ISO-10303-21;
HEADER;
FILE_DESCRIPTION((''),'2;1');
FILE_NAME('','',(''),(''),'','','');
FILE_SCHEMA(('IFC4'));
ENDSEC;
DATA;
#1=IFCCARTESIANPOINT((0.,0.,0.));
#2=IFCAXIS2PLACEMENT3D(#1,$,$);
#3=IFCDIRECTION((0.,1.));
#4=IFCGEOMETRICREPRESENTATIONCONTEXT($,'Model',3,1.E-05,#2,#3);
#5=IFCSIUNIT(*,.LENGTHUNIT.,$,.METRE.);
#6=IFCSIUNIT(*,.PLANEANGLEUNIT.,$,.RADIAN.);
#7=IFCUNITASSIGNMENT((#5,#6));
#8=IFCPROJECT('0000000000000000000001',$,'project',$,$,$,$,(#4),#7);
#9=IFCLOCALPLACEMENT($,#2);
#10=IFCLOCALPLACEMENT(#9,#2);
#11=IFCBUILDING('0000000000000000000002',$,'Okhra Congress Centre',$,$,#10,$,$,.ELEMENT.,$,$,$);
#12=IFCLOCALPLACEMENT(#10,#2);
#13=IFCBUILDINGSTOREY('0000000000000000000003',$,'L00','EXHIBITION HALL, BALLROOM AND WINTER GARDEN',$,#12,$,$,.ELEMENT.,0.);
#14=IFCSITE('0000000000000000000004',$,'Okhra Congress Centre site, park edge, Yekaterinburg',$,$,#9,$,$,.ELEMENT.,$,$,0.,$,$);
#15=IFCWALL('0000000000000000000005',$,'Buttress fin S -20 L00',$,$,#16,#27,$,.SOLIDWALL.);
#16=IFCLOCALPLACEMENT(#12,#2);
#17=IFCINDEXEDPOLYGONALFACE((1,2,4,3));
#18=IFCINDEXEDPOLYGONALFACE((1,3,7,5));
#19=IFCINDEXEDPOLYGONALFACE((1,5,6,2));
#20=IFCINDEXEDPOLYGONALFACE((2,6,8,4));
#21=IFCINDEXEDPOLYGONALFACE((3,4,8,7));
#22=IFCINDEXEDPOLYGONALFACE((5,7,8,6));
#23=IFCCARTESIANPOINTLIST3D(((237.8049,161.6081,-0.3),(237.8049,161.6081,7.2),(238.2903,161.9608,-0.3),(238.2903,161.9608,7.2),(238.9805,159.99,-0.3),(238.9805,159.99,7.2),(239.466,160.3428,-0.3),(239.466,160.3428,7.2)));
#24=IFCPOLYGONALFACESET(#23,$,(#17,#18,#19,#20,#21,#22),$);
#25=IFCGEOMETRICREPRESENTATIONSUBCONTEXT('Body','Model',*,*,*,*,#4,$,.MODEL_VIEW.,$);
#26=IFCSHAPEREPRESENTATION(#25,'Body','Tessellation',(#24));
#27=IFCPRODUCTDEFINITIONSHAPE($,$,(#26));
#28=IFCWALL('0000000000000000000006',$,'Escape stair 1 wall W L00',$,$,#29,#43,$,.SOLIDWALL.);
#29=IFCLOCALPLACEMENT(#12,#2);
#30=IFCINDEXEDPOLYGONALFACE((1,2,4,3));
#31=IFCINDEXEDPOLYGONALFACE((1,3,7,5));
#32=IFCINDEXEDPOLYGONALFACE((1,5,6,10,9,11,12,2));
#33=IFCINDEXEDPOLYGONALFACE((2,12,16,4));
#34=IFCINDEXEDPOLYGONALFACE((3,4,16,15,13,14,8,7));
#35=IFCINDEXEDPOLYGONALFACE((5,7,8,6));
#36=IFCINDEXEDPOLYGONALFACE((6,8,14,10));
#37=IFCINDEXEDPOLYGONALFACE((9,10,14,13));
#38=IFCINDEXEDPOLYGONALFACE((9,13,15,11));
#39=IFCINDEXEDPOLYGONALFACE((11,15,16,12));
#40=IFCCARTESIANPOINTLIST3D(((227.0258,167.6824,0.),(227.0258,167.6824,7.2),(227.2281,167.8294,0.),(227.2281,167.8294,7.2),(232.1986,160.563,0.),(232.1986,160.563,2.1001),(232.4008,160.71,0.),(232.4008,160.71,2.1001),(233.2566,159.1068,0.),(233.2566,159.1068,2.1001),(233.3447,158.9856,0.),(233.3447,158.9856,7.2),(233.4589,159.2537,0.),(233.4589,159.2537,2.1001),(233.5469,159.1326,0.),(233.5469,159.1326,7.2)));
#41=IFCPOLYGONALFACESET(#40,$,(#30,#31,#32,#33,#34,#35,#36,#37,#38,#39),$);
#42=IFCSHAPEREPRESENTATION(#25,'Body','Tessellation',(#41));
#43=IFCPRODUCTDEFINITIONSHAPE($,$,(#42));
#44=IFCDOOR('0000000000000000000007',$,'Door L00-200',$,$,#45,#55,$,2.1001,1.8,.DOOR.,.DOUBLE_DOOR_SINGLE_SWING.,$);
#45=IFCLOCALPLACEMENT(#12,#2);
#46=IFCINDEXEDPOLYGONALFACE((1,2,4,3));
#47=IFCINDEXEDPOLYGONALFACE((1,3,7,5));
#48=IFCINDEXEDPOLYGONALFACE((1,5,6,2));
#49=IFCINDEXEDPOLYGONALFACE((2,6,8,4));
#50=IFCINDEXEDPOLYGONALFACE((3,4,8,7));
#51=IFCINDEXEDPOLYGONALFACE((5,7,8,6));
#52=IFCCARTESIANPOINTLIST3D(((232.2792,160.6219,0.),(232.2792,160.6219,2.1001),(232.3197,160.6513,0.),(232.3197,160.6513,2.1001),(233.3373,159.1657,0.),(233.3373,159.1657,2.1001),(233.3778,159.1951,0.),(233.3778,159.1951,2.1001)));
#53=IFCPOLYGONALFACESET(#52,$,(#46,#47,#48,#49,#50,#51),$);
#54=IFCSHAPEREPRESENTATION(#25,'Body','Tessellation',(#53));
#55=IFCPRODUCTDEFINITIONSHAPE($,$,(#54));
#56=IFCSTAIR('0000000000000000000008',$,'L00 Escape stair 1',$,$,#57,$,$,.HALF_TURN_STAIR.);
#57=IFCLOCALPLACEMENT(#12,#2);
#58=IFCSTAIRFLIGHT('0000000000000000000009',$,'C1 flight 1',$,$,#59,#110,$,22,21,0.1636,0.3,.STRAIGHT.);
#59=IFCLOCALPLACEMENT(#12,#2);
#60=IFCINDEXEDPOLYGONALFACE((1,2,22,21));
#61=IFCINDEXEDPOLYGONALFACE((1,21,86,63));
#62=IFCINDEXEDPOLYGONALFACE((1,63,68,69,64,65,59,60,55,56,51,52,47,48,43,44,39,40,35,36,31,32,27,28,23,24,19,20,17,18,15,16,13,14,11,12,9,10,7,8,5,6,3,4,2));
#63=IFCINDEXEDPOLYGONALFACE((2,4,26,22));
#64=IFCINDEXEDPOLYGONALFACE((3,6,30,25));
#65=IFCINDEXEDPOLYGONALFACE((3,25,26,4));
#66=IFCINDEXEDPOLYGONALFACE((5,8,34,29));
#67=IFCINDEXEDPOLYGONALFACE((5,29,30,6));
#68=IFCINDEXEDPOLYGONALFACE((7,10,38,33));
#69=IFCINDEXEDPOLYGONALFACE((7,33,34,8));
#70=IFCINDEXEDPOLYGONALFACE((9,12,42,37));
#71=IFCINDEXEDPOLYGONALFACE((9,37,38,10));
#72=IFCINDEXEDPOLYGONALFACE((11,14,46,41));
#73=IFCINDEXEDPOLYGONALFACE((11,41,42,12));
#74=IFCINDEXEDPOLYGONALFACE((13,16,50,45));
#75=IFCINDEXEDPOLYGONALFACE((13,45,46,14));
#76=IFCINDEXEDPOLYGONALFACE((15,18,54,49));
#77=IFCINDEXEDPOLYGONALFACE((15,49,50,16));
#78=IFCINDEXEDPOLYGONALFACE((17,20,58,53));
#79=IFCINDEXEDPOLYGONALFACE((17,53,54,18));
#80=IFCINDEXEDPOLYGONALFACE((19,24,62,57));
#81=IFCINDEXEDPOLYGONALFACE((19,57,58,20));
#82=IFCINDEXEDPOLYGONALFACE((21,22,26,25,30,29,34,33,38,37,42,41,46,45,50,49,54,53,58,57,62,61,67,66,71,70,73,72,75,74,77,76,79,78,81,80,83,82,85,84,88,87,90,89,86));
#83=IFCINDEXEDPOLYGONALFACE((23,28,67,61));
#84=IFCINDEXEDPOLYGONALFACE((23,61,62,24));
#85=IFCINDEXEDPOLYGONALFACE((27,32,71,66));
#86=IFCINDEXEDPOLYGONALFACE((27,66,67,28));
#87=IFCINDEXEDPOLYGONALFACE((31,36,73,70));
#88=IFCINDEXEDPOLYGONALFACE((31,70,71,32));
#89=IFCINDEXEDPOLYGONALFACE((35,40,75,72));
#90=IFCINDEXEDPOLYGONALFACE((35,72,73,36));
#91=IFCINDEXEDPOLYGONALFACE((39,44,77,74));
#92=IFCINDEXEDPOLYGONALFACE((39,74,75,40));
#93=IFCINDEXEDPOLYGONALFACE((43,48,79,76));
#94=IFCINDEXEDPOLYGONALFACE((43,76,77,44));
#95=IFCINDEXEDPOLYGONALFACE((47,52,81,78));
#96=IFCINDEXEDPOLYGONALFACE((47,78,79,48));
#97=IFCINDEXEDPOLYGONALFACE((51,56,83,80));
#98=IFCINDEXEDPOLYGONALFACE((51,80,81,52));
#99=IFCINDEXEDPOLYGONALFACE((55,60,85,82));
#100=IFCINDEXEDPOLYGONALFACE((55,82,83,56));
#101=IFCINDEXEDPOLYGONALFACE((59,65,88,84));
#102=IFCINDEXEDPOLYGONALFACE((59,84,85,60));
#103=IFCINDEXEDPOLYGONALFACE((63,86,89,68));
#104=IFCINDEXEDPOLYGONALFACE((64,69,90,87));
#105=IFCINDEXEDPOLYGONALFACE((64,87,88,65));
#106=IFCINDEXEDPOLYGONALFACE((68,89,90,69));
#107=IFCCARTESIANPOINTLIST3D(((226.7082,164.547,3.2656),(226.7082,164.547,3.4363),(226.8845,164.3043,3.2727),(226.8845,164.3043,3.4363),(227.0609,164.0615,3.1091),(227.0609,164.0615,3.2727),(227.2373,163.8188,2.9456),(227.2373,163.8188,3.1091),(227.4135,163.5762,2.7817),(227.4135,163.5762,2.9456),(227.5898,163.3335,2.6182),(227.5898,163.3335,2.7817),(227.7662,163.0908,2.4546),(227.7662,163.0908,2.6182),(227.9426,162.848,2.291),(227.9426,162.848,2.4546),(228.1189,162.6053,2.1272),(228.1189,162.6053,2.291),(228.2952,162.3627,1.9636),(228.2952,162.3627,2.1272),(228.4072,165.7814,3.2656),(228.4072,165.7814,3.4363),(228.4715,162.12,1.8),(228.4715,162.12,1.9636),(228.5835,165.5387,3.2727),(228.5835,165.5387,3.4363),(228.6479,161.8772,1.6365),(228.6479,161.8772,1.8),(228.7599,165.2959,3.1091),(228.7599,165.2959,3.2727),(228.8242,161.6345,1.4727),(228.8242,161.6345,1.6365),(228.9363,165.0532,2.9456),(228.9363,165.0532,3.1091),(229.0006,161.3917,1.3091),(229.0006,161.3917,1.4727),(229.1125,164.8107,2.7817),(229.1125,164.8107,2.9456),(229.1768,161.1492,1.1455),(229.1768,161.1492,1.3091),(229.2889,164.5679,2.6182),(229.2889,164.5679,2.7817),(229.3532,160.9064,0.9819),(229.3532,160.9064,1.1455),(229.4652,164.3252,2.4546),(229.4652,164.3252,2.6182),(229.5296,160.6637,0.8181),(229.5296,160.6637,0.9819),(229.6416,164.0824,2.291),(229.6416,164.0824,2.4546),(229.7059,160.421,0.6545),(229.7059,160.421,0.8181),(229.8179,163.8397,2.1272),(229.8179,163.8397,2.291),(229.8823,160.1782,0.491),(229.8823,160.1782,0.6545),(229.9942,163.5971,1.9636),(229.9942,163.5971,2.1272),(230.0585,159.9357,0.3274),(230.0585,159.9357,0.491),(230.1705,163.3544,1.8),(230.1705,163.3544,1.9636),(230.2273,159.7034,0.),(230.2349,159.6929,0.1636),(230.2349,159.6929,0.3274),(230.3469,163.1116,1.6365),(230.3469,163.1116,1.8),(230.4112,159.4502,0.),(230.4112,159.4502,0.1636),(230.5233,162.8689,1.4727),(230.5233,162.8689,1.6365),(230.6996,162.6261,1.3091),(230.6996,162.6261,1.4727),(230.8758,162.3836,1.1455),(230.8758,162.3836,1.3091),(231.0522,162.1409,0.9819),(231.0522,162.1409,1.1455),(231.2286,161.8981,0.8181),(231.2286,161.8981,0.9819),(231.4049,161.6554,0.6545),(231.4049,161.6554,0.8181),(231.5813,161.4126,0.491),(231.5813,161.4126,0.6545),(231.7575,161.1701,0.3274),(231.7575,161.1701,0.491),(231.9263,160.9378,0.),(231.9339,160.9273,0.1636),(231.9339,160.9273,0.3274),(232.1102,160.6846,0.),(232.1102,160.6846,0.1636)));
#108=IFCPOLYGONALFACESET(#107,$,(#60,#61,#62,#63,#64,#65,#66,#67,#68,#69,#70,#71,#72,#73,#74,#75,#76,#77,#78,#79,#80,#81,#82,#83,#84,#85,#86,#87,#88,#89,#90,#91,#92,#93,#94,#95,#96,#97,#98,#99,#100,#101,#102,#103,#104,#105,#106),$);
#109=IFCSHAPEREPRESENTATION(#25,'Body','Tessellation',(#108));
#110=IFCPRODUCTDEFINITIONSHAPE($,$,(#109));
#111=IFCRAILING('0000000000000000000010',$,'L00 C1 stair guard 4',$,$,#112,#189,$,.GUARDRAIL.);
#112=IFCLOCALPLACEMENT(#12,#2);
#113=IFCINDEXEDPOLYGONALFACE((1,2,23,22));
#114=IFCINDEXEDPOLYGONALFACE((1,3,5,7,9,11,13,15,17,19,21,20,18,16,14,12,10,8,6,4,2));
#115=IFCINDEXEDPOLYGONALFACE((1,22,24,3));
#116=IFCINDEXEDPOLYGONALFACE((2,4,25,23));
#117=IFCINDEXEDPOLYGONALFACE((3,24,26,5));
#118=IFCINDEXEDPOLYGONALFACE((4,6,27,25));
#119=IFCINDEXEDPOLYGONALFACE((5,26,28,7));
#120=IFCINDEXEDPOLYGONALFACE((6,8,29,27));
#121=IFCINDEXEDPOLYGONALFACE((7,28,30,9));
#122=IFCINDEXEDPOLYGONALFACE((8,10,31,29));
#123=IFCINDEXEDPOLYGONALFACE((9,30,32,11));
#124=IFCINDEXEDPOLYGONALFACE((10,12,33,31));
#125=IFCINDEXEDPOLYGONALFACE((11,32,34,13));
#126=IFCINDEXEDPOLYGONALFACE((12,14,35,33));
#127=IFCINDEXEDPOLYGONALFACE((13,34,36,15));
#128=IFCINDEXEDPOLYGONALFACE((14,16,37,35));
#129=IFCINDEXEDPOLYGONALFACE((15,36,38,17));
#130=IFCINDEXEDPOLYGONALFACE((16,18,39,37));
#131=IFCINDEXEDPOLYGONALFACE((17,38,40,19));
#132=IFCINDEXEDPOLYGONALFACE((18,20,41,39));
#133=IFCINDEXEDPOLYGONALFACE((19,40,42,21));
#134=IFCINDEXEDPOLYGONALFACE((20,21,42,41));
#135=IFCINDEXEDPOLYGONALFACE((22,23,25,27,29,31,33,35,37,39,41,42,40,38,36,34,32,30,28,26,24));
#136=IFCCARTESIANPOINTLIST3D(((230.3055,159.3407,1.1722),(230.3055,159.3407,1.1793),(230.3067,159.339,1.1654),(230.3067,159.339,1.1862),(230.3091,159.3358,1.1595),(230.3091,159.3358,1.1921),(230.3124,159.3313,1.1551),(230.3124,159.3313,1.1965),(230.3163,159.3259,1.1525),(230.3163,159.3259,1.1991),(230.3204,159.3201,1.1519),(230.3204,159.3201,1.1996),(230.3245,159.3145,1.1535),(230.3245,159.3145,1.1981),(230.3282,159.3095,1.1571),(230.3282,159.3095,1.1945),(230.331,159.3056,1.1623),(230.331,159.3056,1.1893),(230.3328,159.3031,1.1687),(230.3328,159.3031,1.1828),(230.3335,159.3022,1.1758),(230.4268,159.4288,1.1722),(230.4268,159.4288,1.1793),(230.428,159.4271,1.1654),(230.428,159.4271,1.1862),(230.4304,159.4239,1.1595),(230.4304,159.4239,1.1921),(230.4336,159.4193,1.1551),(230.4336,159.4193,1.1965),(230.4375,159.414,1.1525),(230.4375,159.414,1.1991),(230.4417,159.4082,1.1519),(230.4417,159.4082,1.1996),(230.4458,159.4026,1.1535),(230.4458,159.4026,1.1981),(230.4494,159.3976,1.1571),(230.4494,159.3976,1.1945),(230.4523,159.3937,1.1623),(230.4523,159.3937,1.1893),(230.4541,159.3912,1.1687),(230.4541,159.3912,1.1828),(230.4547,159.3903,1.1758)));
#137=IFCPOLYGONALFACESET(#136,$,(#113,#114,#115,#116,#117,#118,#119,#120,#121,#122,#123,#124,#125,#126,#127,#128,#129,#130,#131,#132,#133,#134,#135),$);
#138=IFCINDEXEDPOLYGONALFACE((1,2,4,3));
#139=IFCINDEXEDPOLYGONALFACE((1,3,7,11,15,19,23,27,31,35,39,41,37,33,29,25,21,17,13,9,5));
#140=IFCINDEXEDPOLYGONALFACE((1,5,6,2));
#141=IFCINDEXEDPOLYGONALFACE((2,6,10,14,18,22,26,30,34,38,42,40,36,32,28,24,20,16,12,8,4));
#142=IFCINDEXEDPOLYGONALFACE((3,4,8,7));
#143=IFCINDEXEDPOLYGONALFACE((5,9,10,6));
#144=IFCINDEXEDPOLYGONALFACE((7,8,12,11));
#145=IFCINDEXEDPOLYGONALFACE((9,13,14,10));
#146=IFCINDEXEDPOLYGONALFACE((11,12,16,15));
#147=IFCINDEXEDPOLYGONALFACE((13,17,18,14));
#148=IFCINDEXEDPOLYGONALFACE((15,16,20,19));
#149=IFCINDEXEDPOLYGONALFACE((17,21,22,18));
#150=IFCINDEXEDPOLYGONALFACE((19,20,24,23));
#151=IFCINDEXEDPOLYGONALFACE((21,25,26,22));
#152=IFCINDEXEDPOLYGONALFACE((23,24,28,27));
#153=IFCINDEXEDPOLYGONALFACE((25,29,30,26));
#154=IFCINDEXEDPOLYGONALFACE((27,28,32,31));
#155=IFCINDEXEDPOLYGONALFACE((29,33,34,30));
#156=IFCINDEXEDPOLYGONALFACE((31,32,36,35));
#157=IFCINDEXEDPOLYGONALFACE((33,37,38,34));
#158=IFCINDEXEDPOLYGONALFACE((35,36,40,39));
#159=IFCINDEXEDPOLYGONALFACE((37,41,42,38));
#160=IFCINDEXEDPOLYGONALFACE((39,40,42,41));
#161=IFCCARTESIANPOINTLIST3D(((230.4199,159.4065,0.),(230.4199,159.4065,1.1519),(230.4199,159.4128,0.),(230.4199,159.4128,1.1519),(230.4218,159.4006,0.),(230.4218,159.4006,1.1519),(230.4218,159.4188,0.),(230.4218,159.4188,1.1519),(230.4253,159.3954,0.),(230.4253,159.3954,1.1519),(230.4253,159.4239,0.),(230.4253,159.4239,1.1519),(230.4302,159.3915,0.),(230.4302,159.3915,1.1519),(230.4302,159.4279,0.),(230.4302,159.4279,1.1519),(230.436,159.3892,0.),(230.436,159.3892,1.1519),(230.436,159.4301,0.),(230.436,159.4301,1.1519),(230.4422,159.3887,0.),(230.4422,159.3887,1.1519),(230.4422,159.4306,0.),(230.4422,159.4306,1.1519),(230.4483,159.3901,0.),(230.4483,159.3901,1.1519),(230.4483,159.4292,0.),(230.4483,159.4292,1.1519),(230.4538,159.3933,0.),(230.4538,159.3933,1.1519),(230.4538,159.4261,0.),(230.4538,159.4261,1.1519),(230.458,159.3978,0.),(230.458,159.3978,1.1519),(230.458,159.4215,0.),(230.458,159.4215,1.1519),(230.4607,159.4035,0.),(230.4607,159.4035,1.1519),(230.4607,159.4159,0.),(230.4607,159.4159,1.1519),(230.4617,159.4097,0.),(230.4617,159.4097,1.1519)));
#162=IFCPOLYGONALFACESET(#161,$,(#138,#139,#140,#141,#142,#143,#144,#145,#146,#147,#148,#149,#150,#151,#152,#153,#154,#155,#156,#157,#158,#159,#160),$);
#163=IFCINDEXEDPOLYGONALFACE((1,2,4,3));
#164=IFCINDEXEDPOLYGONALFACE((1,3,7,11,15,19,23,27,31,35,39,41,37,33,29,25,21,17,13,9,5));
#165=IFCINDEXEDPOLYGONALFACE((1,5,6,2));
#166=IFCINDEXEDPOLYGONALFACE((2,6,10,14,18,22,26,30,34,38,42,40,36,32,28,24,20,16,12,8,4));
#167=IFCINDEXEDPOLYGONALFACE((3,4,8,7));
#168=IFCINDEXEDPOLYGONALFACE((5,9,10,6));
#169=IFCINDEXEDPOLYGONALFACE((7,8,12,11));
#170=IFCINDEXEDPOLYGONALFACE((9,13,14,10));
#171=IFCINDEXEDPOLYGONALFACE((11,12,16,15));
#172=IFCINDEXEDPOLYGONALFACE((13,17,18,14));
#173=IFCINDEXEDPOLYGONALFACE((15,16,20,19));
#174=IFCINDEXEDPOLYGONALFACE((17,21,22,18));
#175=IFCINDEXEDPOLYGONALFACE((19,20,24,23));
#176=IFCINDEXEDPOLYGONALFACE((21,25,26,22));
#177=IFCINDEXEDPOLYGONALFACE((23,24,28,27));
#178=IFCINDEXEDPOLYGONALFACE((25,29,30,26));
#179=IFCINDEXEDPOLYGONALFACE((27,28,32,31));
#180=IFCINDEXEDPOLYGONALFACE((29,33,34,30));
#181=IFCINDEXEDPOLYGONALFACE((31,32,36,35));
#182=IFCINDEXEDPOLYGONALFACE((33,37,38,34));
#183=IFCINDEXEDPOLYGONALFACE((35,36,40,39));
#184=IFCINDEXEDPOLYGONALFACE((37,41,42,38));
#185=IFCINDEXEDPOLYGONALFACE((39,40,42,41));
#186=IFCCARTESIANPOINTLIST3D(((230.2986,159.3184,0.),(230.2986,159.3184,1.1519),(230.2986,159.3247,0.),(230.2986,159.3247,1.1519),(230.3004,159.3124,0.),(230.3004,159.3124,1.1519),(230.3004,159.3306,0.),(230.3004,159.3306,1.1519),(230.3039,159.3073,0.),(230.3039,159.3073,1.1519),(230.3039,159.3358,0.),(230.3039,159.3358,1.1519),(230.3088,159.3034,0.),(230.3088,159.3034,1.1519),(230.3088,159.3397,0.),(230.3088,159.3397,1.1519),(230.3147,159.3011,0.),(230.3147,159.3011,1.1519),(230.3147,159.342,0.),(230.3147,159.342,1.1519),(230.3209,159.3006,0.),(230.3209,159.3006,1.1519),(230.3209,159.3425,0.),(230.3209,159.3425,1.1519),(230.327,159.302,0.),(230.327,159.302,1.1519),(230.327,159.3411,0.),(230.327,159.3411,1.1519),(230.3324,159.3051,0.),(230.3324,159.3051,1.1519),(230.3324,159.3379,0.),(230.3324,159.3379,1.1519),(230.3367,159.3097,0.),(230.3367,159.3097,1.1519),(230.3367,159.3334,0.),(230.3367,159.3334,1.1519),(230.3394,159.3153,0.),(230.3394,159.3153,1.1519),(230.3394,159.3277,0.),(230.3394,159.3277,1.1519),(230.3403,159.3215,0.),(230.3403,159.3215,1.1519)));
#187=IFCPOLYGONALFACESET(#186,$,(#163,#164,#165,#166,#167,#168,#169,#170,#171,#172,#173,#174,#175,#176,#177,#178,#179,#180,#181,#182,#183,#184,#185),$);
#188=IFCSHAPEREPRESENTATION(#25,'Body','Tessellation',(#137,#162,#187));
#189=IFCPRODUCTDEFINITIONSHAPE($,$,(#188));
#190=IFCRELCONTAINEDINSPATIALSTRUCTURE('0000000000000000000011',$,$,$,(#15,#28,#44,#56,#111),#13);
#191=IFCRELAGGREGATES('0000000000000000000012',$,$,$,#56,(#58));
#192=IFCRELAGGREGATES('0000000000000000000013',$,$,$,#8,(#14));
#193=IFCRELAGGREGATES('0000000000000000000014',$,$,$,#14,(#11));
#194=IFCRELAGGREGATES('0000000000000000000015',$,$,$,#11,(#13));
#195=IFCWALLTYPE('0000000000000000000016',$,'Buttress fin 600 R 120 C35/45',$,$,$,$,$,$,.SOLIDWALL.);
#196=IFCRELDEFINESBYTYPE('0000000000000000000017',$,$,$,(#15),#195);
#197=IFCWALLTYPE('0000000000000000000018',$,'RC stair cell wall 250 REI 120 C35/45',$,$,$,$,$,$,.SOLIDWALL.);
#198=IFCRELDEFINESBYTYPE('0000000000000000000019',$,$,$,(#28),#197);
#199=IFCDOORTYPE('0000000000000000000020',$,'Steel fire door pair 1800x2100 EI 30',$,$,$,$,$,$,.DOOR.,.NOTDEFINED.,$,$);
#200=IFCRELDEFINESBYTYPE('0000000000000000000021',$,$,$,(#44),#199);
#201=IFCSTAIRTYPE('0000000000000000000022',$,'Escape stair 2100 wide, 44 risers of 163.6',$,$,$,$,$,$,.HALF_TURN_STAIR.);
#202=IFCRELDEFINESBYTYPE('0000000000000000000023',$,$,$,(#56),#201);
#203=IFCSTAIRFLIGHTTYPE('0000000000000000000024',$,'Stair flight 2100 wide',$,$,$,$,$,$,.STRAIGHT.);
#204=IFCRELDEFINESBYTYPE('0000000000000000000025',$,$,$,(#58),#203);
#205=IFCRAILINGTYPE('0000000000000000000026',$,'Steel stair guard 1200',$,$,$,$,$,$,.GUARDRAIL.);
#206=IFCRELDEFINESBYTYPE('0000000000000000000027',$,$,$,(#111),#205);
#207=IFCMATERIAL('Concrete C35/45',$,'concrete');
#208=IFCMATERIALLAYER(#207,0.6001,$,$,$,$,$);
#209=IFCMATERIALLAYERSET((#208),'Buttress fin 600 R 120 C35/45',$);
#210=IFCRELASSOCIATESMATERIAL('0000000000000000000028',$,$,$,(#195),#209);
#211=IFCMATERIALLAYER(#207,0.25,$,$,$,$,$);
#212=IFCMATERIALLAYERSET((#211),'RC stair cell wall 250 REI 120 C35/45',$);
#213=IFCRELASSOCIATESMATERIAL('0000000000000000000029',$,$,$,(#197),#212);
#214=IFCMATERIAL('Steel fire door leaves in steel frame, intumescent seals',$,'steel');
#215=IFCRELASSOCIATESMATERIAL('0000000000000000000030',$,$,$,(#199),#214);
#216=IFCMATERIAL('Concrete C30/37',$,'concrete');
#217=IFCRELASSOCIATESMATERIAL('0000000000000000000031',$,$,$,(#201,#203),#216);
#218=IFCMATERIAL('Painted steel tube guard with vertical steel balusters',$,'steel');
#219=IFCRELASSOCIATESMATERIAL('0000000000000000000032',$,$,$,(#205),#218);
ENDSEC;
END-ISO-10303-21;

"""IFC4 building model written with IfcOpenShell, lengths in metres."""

from ifc_helpers import new_model, si_unit, direction, frame, frame_2d, origin, origin_2d, place, context, subcontext, project, spatial, polyline, rectangle, circle, outline, extrude, material, layer, layer_set, type_object, element, fill, aggregate, save


model = new_model("IFC4")

# Units and contexts
model_context = context("Model", 3, precision=1e-05, world=origin(), true_north=direction((0.0, 1.0)))
body_context = subcontext(model_context, "Body", "Model", "MODEL_VIEW")
ifc_project = project(units=[si_unit("LENGTHUNIT", "METRE"), si_unit("PLANEANGLEUNIT", "RADIAN")], contexts=[model_context])

# Site, building, storey
site_placement = place(None, origin())
site = spatial("IfcSite", under=ifc_project, at=site_placement, Name="Okhra Congress Centre site, park edge, Yekaterinburg", CompositionType="ELEMENT", RefElevation=0.0)
building_placement = place(site_placement, origin())
building = spatial("IfcBuilding", under=site, at=building_placement, Name="Okhra Congress Centre", CompositionType="ELEMENT")
storey_placement = place(building_placement, origin())
storey = spatial("IfcBuildingStorey", under=building, at=storey_placement, Name="L00", Description="EXHIBITION HALL, BALLROOM AND WINTER GARDEN", CompositionType="ELEMENT", Elevation=0.0)

# Shared definitions
ifc_material_1 = material(Name="Concrete C30/37", Category="concrete")

# Shared definitions
ifc_material_2 = material(Name="Concrete C35/45", Category="concrete")

# Wall
ifc_layer_1 = layer(ifc_material_2, 0.6001)
ifc_layer_set_1 = layer_set([ifc_layer_1], Name="Buttress fin 600 R 120 C35/45")
wall_type_1 = type_object("IfcWallType", Name="Buttress fin 600 R 120 C35/45", PredefinedType="SOLIDWALL", material=ifc_layer_set_1)
wall_1_placement = place(storey_placement, frame((238.0476, 161.7844, -0.3), z_axis=(0.0, 0.0, 1.0), x_axis=(0.587801, -0.809005, 0.0)))
element("IfcWall", 1, at=wall_1_placement, inside=storey, type_object=wall_type_1, Name="Buttress fin S -20 L00", PredefinedType="SOLIDWALL", context=body_context, shape_type="SweptSolid", body=[
    extrude(rectangle(XDim=2.0, YDim=0.6001, at=frame_2d((1.0, 0.0))), origin(), (0.0, 0.0, 1.0), 7.5),
])

# Wall, opening, door
ifc_layer_2 = layer(ifc_material_2, 0.25)
ifc_layer_set_2 = layer_set([ifc_layer_2], Name="RC stair cell wall 250 REI 120 C35/45")
wall_type_2 = type_object("IfcWallType", Name="RC stair cell wall 250 REI 120 C35/45", PredefinedType="SOLIDWALL", material=ifc_layer_set_2)
wall_2_placement = place(storey_placement, frame((233.4458, 159.0591, 0.0), z_axis=(0.0, 0.0, 1.0), x_axis=(-0.587802, 0.809005, 0.0)))
wall_2 = element("IfcWall", 2, at=wall_2_placement, inside=storey, type_object=wall_type_2, Name="Escape stair 1 wall W L00", PredefinedType="SOLIDWALL", context=body_context, shape_type="SweptSolid", body=[
    extrude(rectangle(XDim=10.75, YDim=0.25, at=frame_2d((5.375, 0.0))), origin(), (0.0, 0.0, 1.0), 7.2),
])
opening_placement = place(wall_2_placement, frame((0.1499, 0.0, 0.0)))
opening = element("IfcOpeningElement", 3, at=opening_placement, cuts=wall_2, PredefinedType="OPENING", context=body_context, shape_type="SweptSolid", body=[
    extrude(rectangle(XDim=1.8, YDim=2.1001, at=frame_2d((0.8999, 1.05))), frame((0.0, 0.135, 0.0), z_axis=(0.0, -1.0, 0.0), x_axis=(1.0, 0.0, 0.0)), (0.0, 0.0, 1.0), 0.27),
])
ifc_material_3 = material(Name="Steel fire door leaves in steel frame, intumescent seals", Category="steel")
door_type = type_object("IfcDoorType", Name="Steel fire door pair 1800x2100 EI 30", OperationType="NOTDEFINED", PredefinedType="DOOR", material=ifc_material_3)
door_placement = place(opening_placement, frame((1.8, 0.0, 0.0), z_axis=(0.0, 0.0, 1.0), x_axis=(-1.0, 0.0, 0.0)))
door = element("IfcDoor", 4, at=door_placement, inside=storey, type_object=door_type, Name="Door L00-200", OperationType="DOUBLE_DOOR_SINGLE_SWING", OverallHeight=2.1001, OverallWidth=1.8, PredefinedType="DOOR", context=body_context, shape_type="SweptSolid", body=[
    extrude(rectangle(XDim=1.8, YDim=2.1001, at=frame_2d((0.8999, 1.05))), frame((0.0, 0.0249, 0.0), z_axis=(0.0, -1.0, 0.0), x_axis=(1.0, 0.0, 0.0)), (0.0, 0.0, 1.0), 0.05),
])
fill(opening, door)

# Stair, stair flight
stair_type = type_object("IfcStairType", Name="Escape stair 2100 wide, 44 risers of 163.6", PredefinedType="HALF_TURN_STAIR", material=ifc_material_1)
stair_placement = place(storey_placement, origin())
stair = element("IfcStair", 5, at=stair_placement, inside=storey, type_object=stair_type, Name="L00 Escape stair 1", PredefinedType="HALF_TURN_STAIR")
stair_flight_type = type_object("IfcStairFlightType", Name="Stair flight 2100 wide", PredefinedType="STRAIGHT", material=ifc_material_1)
stair_flight_placement = place(storey_placement, frame((231.2607, 160.0674, 0.0), z_axis=(0.0, 0.0, 1.0), x_axis=(-0.587785, 0.809017, 0.0)))
stair_flight = element("IfcStairFlight", 6, at=stair_flight_placement, type_object=stair_flight_type, Name="C1 flight 1", NumberOfRisers=22, NumberOfTreads=21, PredefinedType="STRAIGHT", RiserHeight=0.1636, TreadLength=0.3, context=body_context, shape_type="SweptSolid", body=[
    extrude(outline(polyline([(0.0, 0.0), (0.0, 0.1636), (0.3, 0.1636), (0.3, 0.3274), (0.6001, 0.3274), (0.6001, 0.491), (0.8999, 0.491), (0.8999, 0.6545), (1.2, 0.6545), (1.2, 0.8181), (1.5, 0.8181), (1.5, 0.9819), (1.8, 0.9819), (1.8, 1.1455), (2.1001, 1.1455), (2.1001, 1.3091), (2.3999, 1.3091), (2.3999, 1.4727), (2.7, 1.4727), (2.7, 1.6365), (3.0, 1.6365), (3.0, 1.8), (3.3, 1.8), (3.3, 1.9636), (3.6001, 1.9636), (3.6001, 2.1272), (3.8999, 2.1272), (3.8999, 2.291), (4.2, 2.291), (4.2, 2.4546), (4.5, 2.4546), (4.5, 2.6182), (4.8, 2.6182), (4.8, 2.7817), (5.1001, 2.7817), (5.1001, 2.9456), (5.3999, 2.9456), (5.3999, 3.1091), (5.7, 3.1091), (5.7, 3.2727), (6.0, 3.2727), (6.0, 3.4363), (6.3, 3.4363), (6.3, 3.6001), (6.3, 3.2656), (0.313, 0.0), (0.0, 0.0)])), frame((0.0, 1.05, 0.0), z_axis=(0.0, -1.0, 0.0), x_axis=(1.0, 0.0, 0.0)), (0.0, 0.0, 1.0), 2.1001),
])
aggregate(stair, [stair_flight])

# Railing
ifc_material_4 = material(Name="Painted steel tube guard with vertical steel balusters", Category="steel")
railing_type_1 = type_object("IfcRailingType", Name="Steel stair guard 1200", PredefinedType="GUARDRAIL", material=ifc_material_4)
railing_1_placement = place(storey_placement, frame((230.4407, 159.4097, 0.0)))
element("IfcRailing", 7, at=railing_1_placement, inside=storey, type_object=railing_type_1, Name="L00 C1 stair guard 4", PredefinedType="GUARDRAIL", context=body_context, shape_type="SweptSolid", body=[
    extrude(circle(Radius=0.0239, at=origin_2d()), frame((0.0, 0.0, 1.1758), z_axis=(-0.809088, -0.587688, 0.0), x_axis=(0.587688, -0.809088, 0.0)), (0.0, 0.0, 1.0), 0.1499),
    extrude(circle(Radius=0.021, at=origin_2d()), origin(), (0.0, 0.0, 1.0), 1.1519),
    extrude(circle(Radius=0.021, at=origin_2d()), frame((-0.1213, -0.0881, 0.0)), (0.0, 0.0, 1.0), 1.1519),
])

save(model, "model.ifc")
